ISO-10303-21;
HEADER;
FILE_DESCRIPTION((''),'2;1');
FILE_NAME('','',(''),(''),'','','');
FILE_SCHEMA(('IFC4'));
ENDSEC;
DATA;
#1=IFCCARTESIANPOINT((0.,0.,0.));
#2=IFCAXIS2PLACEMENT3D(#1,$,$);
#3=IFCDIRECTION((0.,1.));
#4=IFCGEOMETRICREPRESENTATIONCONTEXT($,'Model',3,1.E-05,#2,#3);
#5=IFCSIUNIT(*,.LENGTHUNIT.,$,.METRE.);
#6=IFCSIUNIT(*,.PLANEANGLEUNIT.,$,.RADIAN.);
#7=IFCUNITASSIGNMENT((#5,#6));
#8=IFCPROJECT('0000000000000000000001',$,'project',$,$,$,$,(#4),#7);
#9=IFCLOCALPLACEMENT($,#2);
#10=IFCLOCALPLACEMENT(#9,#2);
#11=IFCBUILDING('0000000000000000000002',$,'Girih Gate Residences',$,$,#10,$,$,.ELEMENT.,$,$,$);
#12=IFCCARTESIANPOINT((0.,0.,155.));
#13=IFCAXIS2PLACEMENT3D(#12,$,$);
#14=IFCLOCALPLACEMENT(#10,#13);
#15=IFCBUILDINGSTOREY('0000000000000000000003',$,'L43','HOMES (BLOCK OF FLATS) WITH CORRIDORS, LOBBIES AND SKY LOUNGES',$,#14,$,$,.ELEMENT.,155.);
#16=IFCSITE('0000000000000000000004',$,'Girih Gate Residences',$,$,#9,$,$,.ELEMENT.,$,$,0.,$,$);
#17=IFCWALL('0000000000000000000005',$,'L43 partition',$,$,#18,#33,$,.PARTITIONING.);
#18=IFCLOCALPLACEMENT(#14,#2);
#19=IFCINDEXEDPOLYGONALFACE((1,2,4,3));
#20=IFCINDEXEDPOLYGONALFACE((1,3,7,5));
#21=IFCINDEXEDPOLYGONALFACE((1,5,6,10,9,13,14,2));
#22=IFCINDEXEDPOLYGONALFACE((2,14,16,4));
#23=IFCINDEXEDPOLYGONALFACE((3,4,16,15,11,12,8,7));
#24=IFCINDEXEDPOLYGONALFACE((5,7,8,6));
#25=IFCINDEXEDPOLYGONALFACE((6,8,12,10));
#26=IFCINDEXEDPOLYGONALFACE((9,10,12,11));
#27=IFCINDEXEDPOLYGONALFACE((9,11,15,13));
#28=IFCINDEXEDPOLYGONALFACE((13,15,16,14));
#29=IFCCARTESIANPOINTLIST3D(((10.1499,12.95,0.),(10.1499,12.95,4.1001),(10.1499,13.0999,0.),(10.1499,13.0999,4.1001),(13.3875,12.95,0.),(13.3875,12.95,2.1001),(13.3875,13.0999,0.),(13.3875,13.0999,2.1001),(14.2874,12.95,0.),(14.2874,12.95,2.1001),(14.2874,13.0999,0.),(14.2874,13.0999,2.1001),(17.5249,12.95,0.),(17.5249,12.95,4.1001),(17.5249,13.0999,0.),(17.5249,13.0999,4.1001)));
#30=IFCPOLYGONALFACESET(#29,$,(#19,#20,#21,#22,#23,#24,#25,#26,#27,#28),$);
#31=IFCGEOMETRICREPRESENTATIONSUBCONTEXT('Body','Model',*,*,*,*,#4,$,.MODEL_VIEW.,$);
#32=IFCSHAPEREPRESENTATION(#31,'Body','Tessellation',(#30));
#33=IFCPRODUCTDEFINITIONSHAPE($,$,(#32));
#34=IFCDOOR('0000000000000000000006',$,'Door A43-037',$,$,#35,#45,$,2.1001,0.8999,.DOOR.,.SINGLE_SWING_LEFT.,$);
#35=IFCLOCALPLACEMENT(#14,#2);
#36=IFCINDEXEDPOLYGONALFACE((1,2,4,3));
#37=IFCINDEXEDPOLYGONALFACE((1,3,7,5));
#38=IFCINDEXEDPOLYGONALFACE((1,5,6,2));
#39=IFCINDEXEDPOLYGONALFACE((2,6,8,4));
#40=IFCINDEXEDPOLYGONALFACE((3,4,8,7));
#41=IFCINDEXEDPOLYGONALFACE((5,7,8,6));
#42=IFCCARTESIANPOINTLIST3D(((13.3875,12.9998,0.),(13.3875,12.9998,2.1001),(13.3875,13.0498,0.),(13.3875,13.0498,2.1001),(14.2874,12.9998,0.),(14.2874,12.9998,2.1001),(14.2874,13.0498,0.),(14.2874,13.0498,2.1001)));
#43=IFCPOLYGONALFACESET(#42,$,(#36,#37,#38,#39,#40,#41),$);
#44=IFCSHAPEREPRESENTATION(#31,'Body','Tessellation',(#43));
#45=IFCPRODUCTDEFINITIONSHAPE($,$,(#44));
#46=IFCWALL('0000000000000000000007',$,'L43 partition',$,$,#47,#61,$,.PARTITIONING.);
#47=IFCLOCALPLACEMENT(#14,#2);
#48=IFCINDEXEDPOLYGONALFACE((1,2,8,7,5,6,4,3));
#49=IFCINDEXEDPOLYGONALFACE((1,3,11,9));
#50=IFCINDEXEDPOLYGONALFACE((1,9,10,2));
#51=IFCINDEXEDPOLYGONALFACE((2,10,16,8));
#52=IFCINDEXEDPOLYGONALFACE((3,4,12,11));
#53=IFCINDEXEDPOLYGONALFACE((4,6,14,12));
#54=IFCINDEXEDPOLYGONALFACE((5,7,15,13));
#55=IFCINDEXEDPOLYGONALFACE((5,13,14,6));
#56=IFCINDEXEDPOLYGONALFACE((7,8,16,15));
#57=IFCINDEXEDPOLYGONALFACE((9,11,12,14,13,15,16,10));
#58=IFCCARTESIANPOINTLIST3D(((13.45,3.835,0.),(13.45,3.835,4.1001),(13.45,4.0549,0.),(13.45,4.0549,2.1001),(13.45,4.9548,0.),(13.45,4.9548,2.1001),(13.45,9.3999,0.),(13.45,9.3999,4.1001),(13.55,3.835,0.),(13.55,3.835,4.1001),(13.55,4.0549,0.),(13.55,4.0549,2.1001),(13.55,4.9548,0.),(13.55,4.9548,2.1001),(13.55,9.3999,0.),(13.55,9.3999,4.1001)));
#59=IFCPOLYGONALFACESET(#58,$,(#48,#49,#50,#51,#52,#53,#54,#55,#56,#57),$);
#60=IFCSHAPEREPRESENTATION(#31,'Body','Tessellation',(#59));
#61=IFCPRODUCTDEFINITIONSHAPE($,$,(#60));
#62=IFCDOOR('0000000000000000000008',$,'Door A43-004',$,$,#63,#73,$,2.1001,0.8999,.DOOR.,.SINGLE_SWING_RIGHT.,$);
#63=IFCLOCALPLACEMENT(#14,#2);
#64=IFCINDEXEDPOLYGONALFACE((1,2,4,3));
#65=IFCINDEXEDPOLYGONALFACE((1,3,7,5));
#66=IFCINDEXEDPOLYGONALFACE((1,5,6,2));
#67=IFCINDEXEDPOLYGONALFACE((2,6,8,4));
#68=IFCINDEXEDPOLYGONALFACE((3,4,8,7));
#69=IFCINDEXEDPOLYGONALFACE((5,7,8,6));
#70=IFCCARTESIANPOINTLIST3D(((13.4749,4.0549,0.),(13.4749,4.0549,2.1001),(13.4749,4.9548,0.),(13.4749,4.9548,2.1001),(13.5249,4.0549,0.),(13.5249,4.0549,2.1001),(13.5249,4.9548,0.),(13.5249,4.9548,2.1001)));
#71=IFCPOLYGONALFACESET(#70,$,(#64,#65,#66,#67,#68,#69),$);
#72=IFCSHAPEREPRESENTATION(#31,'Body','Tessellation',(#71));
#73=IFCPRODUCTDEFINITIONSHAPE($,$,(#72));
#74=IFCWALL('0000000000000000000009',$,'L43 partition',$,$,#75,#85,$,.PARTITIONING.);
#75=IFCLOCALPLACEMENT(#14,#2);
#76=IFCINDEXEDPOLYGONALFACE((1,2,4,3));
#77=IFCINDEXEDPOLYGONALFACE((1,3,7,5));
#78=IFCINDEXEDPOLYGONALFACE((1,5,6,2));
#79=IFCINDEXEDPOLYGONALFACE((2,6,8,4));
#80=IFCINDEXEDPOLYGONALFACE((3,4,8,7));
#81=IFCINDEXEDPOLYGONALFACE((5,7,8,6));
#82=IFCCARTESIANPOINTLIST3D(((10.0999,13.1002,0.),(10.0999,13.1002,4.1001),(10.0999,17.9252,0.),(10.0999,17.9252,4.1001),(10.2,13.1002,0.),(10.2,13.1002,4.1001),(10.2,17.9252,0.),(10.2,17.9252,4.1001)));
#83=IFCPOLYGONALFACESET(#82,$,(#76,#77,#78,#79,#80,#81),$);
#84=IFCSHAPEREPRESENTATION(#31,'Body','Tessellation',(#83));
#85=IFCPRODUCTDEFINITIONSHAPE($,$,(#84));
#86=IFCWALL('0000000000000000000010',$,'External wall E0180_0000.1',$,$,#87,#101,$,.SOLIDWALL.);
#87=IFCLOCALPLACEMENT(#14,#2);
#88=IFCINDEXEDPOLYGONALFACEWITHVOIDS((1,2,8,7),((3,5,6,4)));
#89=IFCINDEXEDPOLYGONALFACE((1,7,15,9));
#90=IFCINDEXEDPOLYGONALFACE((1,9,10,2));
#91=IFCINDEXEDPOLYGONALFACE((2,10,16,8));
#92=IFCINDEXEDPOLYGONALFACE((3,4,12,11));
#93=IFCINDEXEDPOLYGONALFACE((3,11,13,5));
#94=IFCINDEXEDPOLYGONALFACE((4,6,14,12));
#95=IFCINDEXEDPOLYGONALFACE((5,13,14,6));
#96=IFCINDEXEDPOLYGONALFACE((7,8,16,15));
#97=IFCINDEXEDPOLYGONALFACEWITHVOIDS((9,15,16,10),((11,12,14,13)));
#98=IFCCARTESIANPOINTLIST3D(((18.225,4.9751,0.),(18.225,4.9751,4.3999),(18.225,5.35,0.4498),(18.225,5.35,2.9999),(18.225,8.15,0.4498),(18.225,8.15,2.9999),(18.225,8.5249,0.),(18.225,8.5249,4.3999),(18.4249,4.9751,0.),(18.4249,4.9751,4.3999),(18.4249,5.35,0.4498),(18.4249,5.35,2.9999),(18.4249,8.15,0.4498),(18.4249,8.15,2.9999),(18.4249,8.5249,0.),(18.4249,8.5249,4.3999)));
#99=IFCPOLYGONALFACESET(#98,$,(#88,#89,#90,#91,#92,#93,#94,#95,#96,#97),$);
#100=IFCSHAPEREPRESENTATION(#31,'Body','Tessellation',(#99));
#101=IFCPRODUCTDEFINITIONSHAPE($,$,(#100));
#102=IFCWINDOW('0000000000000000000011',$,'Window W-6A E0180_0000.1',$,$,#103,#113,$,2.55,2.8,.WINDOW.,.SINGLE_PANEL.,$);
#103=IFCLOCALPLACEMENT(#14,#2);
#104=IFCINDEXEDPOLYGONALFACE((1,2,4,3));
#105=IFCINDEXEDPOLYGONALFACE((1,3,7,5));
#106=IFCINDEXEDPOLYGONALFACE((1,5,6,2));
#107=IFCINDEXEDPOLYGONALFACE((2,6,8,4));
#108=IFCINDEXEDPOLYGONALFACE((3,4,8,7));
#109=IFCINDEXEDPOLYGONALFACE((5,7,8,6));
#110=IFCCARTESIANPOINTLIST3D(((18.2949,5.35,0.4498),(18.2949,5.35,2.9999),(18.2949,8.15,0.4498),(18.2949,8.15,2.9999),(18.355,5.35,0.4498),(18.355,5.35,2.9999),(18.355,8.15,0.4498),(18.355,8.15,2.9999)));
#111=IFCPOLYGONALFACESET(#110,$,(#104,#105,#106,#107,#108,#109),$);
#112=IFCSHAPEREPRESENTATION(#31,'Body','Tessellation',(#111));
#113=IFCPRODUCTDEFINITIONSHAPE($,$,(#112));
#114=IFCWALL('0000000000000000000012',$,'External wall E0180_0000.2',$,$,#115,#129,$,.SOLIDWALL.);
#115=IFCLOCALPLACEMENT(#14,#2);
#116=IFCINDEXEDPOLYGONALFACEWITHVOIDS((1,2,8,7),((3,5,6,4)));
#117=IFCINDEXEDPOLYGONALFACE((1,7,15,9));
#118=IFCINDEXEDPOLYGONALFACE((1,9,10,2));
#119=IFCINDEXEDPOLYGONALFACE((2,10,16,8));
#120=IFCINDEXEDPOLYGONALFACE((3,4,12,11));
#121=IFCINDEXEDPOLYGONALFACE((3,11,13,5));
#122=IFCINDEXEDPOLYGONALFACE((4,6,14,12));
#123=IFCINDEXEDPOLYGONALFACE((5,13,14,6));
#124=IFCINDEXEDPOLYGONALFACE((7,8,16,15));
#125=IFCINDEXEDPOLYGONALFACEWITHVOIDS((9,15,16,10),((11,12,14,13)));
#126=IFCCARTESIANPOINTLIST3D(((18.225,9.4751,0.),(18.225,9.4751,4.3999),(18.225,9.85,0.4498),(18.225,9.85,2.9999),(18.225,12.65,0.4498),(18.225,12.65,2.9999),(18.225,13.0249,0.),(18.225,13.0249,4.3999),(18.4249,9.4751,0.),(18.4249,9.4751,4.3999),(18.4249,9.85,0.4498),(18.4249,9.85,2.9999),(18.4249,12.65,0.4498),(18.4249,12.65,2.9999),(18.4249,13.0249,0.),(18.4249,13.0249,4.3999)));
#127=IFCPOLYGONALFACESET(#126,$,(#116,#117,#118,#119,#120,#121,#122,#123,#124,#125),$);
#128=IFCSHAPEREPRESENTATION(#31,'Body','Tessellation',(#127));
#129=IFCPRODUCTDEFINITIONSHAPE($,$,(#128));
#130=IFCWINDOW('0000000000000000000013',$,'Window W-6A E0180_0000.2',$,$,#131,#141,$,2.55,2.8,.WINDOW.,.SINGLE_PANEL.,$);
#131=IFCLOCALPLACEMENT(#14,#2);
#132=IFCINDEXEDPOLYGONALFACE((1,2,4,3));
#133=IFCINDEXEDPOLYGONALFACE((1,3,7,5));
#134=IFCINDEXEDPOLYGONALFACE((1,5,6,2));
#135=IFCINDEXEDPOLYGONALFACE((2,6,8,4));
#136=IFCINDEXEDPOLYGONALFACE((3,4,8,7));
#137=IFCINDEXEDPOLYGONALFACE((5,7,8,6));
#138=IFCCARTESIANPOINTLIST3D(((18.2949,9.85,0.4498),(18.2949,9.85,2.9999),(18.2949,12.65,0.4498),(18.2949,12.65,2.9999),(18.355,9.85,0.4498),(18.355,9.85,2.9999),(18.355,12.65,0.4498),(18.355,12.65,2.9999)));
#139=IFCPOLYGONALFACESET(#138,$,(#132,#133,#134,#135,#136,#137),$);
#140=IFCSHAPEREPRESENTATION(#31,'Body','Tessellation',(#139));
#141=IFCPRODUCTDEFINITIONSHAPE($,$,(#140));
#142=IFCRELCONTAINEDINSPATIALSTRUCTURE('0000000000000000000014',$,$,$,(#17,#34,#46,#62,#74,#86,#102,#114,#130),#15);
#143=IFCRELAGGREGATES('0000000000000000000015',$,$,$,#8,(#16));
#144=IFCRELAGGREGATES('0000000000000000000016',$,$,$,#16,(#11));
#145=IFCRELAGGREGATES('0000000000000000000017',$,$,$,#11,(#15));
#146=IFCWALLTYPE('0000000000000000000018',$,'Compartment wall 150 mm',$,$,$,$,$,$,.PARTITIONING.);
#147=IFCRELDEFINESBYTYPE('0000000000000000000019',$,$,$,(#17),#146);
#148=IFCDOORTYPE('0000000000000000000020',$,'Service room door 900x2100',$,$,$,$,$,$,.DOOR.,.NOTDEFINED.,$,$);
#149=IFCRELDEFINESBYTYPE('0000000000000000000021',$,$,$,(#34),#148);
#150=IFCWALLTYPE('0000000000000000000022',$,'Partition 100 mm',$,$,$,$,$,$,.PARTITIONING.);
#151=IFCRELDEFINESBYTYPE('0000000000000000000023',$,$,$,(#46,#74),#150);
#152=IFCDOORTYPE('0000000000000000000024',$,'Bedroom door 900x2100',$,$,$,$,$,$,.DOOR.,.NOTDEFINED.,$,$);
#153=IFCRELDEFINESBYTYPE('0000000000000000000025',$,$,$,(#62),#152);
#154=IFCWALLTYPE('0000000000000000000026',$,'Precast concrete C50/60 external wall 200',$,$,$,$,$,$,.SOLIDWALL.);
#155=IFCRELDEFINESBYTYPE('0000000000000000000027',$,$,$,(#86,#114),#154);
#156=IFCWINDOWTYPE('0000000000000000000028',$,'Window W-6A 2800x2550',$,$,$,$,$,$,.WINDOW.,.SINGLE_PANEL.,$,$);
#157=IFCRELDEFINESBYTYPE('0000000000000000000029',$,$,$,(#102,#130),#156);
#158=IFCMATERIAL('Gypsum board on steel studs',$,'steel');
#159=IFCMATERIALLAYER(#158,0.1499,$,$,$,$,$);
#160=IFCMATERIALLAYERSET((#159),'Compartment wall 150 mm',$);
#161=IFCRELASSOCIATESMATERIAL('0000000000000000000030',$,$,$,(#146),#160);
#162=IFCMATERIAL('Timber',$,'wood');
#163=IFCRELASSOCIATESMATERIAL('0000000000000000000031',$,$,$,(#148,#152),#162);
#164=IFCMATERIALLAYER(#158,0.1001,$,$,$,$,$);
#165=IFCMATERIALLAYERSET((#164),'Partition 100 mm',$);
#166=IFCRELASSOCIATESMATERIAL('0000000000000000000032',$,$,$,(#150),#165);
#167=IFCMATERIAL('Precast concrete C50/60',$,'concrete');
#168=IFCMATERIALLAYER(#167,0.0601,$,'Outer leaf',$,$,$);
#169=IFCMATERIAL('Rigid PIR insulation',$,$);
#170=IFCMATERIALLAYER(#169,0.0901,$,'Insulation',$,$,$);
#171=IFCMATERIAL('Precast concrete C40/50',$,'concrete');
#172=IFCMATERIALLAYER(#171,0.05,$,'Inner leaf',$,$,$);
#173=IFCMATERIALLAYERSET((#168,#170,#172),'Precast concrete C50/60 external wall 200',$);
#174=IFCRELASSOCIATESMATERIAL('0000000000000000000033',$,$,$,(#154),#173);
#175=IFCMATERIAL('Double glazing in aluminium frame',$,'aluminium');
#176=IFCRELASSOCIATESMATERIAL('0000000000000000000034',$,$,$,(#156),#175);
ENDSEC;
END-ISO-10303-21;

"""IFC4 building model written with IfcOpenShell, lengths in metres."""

from ifc_helpers import new_model, si_unit, direction, frame, frame_2d, origin, place, context, subcontext, project, spatial, rectangle, extrude, material, layer, layer_set, type_object, element, fill, save


model = new_model("IFC4")

# Units and contexts
model_context = context("Model", 3, precision=1e-05, world=origin(), true_north=direction((0.0, 1.0)))
body_context = subcontext(model_context, "Body", "Model", "MODEL_VIEW")
ifc_project = project(units=[si_unit("LENGTHUNIT", "METRE"), si_unit("PLANEANGLEUNIT", "RADIAN")], contexts=[model_context])

# Site, building, storey
site_placement = place(None, origin())
site = spatial("IfcSite", under=ifc_project, at=site_placement, Name="Girih Gate Residences", CompositionType="ELEMENT", RefElevation=0.0)
building_placement = place(site_placement, origin())
building = spatial("IfcBuilding", under=site, at=building_placement, Name="Girih Gate Residences", CompositionType="ELEMENT")
storey_placement = place(building_placement, frame((0.0, 0.0, 155.0)))
storey = spatial("IfcBuildingStorey", under=building, at=storey_placement, Name="L43", Description="HOMES (BLOCK OF FLATS) WITH CORRIDORS, LOBBIES AND SKY LOUNGES", CompositionType="ELEMENT", Elevation=155.0)

# Shared definitions
ifc_material_1 = material(Name="Gypsum board on steel studs", Category="steel")
ifc_layer_1 = layer(ifc_material_1, 0.1499)
ifc_layer_set_1 = layer_set([ifc_layer_1], Name="Compartment wall 150 mm")
wall_type_1 = type_object("IfcWallType", Name="Compartment wall 150 mm", PredefinedType="PARTITIONING", material=ifc_layer_set_1)

# Walls, openings, doors
wall_1_placement = place(storey_placement, frame((10.1499, 13.0249, 0.0), z_axis=(0.0, 0.0, 1.0), x_axis=(1.0, 0.0, 0.0)))
wall_1 = element("IfcWall", 1, at=wall_1_placement, inside=storey, type_object=wall_type_1, Name="L43 partition", PredefinedType="PARTITIONING", context=body_context, shape_type="SweptSolid", body=[
    extrude(rectangle(XDim=7.375, YDim=0.1499, at=frame_2d((3.6875, 0.0))), origin(), (0.0, 0.0, 1.0), 4.1001),
])
opening_1_placement = place(wall_1_placement, frame((3.2375, 0.0, 0.0)))
opening_1 = element("IfcOpeningElement", 2, at=opening_1_placement, cuts=wall_1, PredefinedType="OPENING", context=body_context, shape_type="SweptSolid", body=[
    extrude(rectangle(XDim=0.8999, YDim=2.1001, at=frame_2d((0.45, 1.05))), frame((0.0, 0.085, 0.0), z_axis=(0.0, -1.0, 0.0), x_axis=(1.0, 0.0, 0.0)), (0.0, 0.0, 1.0), 0.1699),
])
ifc_material_2 = material(Name="Timber", Category="wood")
door_type_1 = type_object("IfcDoorType", Name="Service room door 900x2100", OperationType="NOTDEFINED", PredefinedType="DOOR", material=ifc_material_2)
door_1_placement = place(opening_1_placement, origin())
door_1 = element("IfcDoor", 3, at=door_1_placement, inside=storey, type_object=door_type_1, Name="Door A43-037", OperationType="SINGLE_SWING_LEFT", OverallHeight=2.1001, OverallWidth=0.8999, PredefinedType="DOOR", context=body_context, shape_type="SweptSolid", body=[
    extrude(rectangle(XDim=0.8999, YDim=2.1001, at=frame_2d((0.45, 1.05))), frame((0.0, 0.0249, 0.0), z_axis=(0.0, -1.0, 0.0), x_axis=(1.0, 0.0, 0.0)), (0.0, 0.0, 1.0), 0.05),
])
fill(opening_1, door_1)
ifc_layer_2 = layer(ifc_material_1, 0.1001)
ifc_layer_set_2 = layer_set([ifc_layer_2], Name="Partition 100 mm")
wall_type_2 = type_object("IfcWallType", Name="Partition 100 mm", PredefinedType="PARTITIONING", material=ifc_layer_set_2)
wall_2_placement = place(storey_placement, frame((13.5, 9.3999, 0.0), z_axis=(0.0, 0.0, 1.0), x_axis=(0.0, -1.0, 0.0)))
wall_2 = element("IfcWall", 4, at=wall_2_placement, inside=storey, type_object=wall_type_2, Name="L43 partition", PredefinedType="PARTITIONING", context=body_context, shape_type="SweptSolid", body=[
    extrude(rectangle(XDim=5.5649, YDim=0.1001, at=frame_2d((2.7825, 0.0))), origin(), (0.0, 0.0, 1.0), 4.1001),
])
opening_2_placement = place(wall_2_placement, frame((4.4451, 0.0, 0.0)))
opening_2 = element("IfcOpeningElement", 5, at=opening_2_placement, cuts=wall_2, PredefinedType="OPENING", context=body_context, shape_type="SweptSolid", body=[
    extrude(rectangle(XDim=0.8999, YDim=2.1001, at=frame_2d((0.45, 1.05))), frame((0.0, 0.0601, 0.0), z_axis=(0.0, -1.0, 0.0), x_axis=(1.0, 0.0, 0.0)), (0.0, 0.0, 1.0), 0.1201),
])
door_type_2 = type_object("IfcDoorType", Name="Bedroom door 900x2100", OperationType="NOTDEFINED", PredefinedType="DOOR", material=ifc_material_2)
door_2_placement = place(opening_2_placement, origin())
door_2 = element("IfcDoor", 6, at=door_2_placement, inside=storey, type_object=door_type_2, Name="Door A43-004", OperationType="SINGLE_SWING_RIGHT", OverallHeight=2.1001, OverallWidth=0.8999, PredefinedType="DOOR", context=body_context, shape_type="SweptSolid", body=[
    extrude(rectangle(XDim=0.8999, YDim=2.1001, at=frame_2d((0.45, 1.05))), frame((0.0, 0.0249, 0.0), z_axis=(0.0, -1.0, 0.0), x_axis=(1.0, 0.0, 0.0)), (0.0, 0.0, 1.0), 0.05),
])
fill(opening_2, door_2)

# Wall
wall_3_placement = place(storey_placement, frame((10.1499, 13.1001, 0.0), z_axis=(0.0, 0.0, 1.0), x_axis=(0.0, 1.0, 0.0)))
element("IfcWall", 7, at=wall_3_placement, inside=storey, type_object=wall_type_2, Name="L43 partition", PredefinedType="PARTITIONING", context=body_context, shape_type="SweptSolid", body=[
    extrude(rectangle(XDim=4.825, YDim=0.1001, at=frame_2d((2.4126, 0.0))), origin(), (0.0, 0.0, 1.0), 4.1001),
])

# Walls, openings, windows
ifc_material_3 = material(Name="Precast concrete C50/60", Category="concrete")
ifc_layer_3 = layer(ifc_material_3, 0.0601, Name="Outer leaf")
ifc_material_4 = material(Name="Rigid PIR insulation")
ifc_layer_4 = layer(ifc_material_4, 0.0901, Name="Insulation")
ifc_material_5 = material(Name="Precast concrete C40/50", Category="concrete")
ifc_layer_5 = layer(ifc_material_5, 0.05, Name="Inner leaf")
ifc_layer_set_3 = layer_set([ifc_layer_3, ifc_layer_4, ifc_layer_5], Name="Precast concrete C50/60 external wall 200")
wall_type_3 = type_object("IfcWallType", Name="Precast concrete C50/60 external wall 200", PredefinedType="SOLIDWALL", material=ifc_layer_set_3)
wall_4_placement = place(storey_placement, frame((18.325, 8.5249, 0.0), z_axis=(0.0, 0.0, 1.0), x_axis=(0.0, -1.0, 0.0)))
wall_4 = element("IfcWall", 8, at=wall_4_placement, inside=storey, type_object=wall_type_3, Name="External wall E0180_0000.1", PredefinedType="SOLIDWALL", context=body_context, shape_type="SweptSolid", body=[
    extrude(rectangle(XDim=3.5498, YDim=0.2, at=frame_2d((1.7749, 0.0))), origin(), (0.0, 0.0, 1.0), 4.3999),
])
opening_3_placement = place(wall_4_placement, frame((0.375, 0.0, 0.45)))
opening_3 = element("IfcOpeningElement", 9, at=opening_3_placement, cuts=wall_4, PredefinedType="OPENING", context=body_context, shape_type="SweptSolid", body=[
    extrude(rectangle(XDim=2.8, YDim=2.55, at=frame_2d((1.3999, 1.2749))), frame((0.0, 0.1099, 0.0), z_axis=(0.0, -1.0, 0.0), x_axis=(1.0, 0.0, 0.0)), (0.0, 0.0, 1.0), 0.22),
])
ifc_material_6 = material(Name="Double glazing in aluminium frame", Category="aluminium")
window_type = type_object("IfcWindowType", Name="Window W-6A 2800x2550", PartitioningType="SINGLE_PANEL", PredefinedType="WINDOW", material=ifc_material_6)
window_1_placement = place(opening_3_placement, origin())
window_1 = element("IfcWindow", 10, at=window_1_placement, inside=storey, type_object=window_type, Name="Window W-6A E0180_0000.1", OverallHeight=2.55, OverallWidth=2.8, PartitioningType="SINGLE_PANEL", PredefinedType="WINDOW", context=body_context, shape_type="SweptSolid", body=[
    extrude(rectangle(XDim=2.8, YDim=2.55, at=frame_2d((1.3999, 1.2749))), frame((0.0, 0.03, 0.0), z_axis=(0.0, -1.0, 0.0), x_axis=(1.0, 0.0, 0.0)), (0.0, 0.0, 1.0), 0.0601),
])
fill(opening_3, window_1)
wall_5_placement = place(storey_placement, frame((18.325, 13.0249, 0.0), z_axis=(0.0, 0.0, 1.0), x_axis=(0.0, -1.0, 0.0)))
wall_5 = element("IfcWall", 11, at=wall_5_placement, inside=storey, type_object=wall_type_3, Name="External wall E0180_0000.2", PredefinedType="SOLIDWALL", context=body_context, shape_type="SweptSolid", body=[
    extrude(rectangle(XDim=3.5498, YDim=0.2, at=frame_2d((1.7749, 0.0))), origin(), (0.0, 0.0, 1.0), 4.3999),
])
opening_4_placement = place(wall_5_placement, frame((0.375, 0.0, 0.45)))
opening_4 = element("IfcOpeningElement", 12, at=opening_4_placement, cuts=wall_5, PredefinedType="OPENING", context=body_context, shape_type="SweptSolid", body=[
    extrude(rectangle(XDim=2.8, YDim=2.55, at=frame_2d((1.3999, 1.2749))), frame((0.0, 0.1099, 0.0), z_axis=(0.0, -1.0, 0.0), x_axis=(1.0, 0.0, 0.0)), (0.0, 0.0, 1.0), 0.22),
])
window_2_placement = place(opening_4_placement, origin())
window_2 = element("IfcWindow", 13, at=window_2_placement, inside=storey, type_object=window_type, Name="Window W-6A E0180_0000.2", OverallHeight=2.55, OverallWidth=2.8, PartitioningType="SINGLE_PANEL", PredefinedType="WINDOW", context=body_context, shape_type="SweptSolid", body=[
    extrude(rectangle(XDim=2.8, YDim=2.55, at=frame_2d((1.3999, 1.2749))), frame((0.0, 0.03, 0.0), z_axis=(0.0, -1.0, 0.0), x_axis=(1.0, 0.0, 0.0)), (0.0, 0.0, 1.0), 0.0601),
])
fill(opening_4, window_2)

save(model, "model.ifc")
